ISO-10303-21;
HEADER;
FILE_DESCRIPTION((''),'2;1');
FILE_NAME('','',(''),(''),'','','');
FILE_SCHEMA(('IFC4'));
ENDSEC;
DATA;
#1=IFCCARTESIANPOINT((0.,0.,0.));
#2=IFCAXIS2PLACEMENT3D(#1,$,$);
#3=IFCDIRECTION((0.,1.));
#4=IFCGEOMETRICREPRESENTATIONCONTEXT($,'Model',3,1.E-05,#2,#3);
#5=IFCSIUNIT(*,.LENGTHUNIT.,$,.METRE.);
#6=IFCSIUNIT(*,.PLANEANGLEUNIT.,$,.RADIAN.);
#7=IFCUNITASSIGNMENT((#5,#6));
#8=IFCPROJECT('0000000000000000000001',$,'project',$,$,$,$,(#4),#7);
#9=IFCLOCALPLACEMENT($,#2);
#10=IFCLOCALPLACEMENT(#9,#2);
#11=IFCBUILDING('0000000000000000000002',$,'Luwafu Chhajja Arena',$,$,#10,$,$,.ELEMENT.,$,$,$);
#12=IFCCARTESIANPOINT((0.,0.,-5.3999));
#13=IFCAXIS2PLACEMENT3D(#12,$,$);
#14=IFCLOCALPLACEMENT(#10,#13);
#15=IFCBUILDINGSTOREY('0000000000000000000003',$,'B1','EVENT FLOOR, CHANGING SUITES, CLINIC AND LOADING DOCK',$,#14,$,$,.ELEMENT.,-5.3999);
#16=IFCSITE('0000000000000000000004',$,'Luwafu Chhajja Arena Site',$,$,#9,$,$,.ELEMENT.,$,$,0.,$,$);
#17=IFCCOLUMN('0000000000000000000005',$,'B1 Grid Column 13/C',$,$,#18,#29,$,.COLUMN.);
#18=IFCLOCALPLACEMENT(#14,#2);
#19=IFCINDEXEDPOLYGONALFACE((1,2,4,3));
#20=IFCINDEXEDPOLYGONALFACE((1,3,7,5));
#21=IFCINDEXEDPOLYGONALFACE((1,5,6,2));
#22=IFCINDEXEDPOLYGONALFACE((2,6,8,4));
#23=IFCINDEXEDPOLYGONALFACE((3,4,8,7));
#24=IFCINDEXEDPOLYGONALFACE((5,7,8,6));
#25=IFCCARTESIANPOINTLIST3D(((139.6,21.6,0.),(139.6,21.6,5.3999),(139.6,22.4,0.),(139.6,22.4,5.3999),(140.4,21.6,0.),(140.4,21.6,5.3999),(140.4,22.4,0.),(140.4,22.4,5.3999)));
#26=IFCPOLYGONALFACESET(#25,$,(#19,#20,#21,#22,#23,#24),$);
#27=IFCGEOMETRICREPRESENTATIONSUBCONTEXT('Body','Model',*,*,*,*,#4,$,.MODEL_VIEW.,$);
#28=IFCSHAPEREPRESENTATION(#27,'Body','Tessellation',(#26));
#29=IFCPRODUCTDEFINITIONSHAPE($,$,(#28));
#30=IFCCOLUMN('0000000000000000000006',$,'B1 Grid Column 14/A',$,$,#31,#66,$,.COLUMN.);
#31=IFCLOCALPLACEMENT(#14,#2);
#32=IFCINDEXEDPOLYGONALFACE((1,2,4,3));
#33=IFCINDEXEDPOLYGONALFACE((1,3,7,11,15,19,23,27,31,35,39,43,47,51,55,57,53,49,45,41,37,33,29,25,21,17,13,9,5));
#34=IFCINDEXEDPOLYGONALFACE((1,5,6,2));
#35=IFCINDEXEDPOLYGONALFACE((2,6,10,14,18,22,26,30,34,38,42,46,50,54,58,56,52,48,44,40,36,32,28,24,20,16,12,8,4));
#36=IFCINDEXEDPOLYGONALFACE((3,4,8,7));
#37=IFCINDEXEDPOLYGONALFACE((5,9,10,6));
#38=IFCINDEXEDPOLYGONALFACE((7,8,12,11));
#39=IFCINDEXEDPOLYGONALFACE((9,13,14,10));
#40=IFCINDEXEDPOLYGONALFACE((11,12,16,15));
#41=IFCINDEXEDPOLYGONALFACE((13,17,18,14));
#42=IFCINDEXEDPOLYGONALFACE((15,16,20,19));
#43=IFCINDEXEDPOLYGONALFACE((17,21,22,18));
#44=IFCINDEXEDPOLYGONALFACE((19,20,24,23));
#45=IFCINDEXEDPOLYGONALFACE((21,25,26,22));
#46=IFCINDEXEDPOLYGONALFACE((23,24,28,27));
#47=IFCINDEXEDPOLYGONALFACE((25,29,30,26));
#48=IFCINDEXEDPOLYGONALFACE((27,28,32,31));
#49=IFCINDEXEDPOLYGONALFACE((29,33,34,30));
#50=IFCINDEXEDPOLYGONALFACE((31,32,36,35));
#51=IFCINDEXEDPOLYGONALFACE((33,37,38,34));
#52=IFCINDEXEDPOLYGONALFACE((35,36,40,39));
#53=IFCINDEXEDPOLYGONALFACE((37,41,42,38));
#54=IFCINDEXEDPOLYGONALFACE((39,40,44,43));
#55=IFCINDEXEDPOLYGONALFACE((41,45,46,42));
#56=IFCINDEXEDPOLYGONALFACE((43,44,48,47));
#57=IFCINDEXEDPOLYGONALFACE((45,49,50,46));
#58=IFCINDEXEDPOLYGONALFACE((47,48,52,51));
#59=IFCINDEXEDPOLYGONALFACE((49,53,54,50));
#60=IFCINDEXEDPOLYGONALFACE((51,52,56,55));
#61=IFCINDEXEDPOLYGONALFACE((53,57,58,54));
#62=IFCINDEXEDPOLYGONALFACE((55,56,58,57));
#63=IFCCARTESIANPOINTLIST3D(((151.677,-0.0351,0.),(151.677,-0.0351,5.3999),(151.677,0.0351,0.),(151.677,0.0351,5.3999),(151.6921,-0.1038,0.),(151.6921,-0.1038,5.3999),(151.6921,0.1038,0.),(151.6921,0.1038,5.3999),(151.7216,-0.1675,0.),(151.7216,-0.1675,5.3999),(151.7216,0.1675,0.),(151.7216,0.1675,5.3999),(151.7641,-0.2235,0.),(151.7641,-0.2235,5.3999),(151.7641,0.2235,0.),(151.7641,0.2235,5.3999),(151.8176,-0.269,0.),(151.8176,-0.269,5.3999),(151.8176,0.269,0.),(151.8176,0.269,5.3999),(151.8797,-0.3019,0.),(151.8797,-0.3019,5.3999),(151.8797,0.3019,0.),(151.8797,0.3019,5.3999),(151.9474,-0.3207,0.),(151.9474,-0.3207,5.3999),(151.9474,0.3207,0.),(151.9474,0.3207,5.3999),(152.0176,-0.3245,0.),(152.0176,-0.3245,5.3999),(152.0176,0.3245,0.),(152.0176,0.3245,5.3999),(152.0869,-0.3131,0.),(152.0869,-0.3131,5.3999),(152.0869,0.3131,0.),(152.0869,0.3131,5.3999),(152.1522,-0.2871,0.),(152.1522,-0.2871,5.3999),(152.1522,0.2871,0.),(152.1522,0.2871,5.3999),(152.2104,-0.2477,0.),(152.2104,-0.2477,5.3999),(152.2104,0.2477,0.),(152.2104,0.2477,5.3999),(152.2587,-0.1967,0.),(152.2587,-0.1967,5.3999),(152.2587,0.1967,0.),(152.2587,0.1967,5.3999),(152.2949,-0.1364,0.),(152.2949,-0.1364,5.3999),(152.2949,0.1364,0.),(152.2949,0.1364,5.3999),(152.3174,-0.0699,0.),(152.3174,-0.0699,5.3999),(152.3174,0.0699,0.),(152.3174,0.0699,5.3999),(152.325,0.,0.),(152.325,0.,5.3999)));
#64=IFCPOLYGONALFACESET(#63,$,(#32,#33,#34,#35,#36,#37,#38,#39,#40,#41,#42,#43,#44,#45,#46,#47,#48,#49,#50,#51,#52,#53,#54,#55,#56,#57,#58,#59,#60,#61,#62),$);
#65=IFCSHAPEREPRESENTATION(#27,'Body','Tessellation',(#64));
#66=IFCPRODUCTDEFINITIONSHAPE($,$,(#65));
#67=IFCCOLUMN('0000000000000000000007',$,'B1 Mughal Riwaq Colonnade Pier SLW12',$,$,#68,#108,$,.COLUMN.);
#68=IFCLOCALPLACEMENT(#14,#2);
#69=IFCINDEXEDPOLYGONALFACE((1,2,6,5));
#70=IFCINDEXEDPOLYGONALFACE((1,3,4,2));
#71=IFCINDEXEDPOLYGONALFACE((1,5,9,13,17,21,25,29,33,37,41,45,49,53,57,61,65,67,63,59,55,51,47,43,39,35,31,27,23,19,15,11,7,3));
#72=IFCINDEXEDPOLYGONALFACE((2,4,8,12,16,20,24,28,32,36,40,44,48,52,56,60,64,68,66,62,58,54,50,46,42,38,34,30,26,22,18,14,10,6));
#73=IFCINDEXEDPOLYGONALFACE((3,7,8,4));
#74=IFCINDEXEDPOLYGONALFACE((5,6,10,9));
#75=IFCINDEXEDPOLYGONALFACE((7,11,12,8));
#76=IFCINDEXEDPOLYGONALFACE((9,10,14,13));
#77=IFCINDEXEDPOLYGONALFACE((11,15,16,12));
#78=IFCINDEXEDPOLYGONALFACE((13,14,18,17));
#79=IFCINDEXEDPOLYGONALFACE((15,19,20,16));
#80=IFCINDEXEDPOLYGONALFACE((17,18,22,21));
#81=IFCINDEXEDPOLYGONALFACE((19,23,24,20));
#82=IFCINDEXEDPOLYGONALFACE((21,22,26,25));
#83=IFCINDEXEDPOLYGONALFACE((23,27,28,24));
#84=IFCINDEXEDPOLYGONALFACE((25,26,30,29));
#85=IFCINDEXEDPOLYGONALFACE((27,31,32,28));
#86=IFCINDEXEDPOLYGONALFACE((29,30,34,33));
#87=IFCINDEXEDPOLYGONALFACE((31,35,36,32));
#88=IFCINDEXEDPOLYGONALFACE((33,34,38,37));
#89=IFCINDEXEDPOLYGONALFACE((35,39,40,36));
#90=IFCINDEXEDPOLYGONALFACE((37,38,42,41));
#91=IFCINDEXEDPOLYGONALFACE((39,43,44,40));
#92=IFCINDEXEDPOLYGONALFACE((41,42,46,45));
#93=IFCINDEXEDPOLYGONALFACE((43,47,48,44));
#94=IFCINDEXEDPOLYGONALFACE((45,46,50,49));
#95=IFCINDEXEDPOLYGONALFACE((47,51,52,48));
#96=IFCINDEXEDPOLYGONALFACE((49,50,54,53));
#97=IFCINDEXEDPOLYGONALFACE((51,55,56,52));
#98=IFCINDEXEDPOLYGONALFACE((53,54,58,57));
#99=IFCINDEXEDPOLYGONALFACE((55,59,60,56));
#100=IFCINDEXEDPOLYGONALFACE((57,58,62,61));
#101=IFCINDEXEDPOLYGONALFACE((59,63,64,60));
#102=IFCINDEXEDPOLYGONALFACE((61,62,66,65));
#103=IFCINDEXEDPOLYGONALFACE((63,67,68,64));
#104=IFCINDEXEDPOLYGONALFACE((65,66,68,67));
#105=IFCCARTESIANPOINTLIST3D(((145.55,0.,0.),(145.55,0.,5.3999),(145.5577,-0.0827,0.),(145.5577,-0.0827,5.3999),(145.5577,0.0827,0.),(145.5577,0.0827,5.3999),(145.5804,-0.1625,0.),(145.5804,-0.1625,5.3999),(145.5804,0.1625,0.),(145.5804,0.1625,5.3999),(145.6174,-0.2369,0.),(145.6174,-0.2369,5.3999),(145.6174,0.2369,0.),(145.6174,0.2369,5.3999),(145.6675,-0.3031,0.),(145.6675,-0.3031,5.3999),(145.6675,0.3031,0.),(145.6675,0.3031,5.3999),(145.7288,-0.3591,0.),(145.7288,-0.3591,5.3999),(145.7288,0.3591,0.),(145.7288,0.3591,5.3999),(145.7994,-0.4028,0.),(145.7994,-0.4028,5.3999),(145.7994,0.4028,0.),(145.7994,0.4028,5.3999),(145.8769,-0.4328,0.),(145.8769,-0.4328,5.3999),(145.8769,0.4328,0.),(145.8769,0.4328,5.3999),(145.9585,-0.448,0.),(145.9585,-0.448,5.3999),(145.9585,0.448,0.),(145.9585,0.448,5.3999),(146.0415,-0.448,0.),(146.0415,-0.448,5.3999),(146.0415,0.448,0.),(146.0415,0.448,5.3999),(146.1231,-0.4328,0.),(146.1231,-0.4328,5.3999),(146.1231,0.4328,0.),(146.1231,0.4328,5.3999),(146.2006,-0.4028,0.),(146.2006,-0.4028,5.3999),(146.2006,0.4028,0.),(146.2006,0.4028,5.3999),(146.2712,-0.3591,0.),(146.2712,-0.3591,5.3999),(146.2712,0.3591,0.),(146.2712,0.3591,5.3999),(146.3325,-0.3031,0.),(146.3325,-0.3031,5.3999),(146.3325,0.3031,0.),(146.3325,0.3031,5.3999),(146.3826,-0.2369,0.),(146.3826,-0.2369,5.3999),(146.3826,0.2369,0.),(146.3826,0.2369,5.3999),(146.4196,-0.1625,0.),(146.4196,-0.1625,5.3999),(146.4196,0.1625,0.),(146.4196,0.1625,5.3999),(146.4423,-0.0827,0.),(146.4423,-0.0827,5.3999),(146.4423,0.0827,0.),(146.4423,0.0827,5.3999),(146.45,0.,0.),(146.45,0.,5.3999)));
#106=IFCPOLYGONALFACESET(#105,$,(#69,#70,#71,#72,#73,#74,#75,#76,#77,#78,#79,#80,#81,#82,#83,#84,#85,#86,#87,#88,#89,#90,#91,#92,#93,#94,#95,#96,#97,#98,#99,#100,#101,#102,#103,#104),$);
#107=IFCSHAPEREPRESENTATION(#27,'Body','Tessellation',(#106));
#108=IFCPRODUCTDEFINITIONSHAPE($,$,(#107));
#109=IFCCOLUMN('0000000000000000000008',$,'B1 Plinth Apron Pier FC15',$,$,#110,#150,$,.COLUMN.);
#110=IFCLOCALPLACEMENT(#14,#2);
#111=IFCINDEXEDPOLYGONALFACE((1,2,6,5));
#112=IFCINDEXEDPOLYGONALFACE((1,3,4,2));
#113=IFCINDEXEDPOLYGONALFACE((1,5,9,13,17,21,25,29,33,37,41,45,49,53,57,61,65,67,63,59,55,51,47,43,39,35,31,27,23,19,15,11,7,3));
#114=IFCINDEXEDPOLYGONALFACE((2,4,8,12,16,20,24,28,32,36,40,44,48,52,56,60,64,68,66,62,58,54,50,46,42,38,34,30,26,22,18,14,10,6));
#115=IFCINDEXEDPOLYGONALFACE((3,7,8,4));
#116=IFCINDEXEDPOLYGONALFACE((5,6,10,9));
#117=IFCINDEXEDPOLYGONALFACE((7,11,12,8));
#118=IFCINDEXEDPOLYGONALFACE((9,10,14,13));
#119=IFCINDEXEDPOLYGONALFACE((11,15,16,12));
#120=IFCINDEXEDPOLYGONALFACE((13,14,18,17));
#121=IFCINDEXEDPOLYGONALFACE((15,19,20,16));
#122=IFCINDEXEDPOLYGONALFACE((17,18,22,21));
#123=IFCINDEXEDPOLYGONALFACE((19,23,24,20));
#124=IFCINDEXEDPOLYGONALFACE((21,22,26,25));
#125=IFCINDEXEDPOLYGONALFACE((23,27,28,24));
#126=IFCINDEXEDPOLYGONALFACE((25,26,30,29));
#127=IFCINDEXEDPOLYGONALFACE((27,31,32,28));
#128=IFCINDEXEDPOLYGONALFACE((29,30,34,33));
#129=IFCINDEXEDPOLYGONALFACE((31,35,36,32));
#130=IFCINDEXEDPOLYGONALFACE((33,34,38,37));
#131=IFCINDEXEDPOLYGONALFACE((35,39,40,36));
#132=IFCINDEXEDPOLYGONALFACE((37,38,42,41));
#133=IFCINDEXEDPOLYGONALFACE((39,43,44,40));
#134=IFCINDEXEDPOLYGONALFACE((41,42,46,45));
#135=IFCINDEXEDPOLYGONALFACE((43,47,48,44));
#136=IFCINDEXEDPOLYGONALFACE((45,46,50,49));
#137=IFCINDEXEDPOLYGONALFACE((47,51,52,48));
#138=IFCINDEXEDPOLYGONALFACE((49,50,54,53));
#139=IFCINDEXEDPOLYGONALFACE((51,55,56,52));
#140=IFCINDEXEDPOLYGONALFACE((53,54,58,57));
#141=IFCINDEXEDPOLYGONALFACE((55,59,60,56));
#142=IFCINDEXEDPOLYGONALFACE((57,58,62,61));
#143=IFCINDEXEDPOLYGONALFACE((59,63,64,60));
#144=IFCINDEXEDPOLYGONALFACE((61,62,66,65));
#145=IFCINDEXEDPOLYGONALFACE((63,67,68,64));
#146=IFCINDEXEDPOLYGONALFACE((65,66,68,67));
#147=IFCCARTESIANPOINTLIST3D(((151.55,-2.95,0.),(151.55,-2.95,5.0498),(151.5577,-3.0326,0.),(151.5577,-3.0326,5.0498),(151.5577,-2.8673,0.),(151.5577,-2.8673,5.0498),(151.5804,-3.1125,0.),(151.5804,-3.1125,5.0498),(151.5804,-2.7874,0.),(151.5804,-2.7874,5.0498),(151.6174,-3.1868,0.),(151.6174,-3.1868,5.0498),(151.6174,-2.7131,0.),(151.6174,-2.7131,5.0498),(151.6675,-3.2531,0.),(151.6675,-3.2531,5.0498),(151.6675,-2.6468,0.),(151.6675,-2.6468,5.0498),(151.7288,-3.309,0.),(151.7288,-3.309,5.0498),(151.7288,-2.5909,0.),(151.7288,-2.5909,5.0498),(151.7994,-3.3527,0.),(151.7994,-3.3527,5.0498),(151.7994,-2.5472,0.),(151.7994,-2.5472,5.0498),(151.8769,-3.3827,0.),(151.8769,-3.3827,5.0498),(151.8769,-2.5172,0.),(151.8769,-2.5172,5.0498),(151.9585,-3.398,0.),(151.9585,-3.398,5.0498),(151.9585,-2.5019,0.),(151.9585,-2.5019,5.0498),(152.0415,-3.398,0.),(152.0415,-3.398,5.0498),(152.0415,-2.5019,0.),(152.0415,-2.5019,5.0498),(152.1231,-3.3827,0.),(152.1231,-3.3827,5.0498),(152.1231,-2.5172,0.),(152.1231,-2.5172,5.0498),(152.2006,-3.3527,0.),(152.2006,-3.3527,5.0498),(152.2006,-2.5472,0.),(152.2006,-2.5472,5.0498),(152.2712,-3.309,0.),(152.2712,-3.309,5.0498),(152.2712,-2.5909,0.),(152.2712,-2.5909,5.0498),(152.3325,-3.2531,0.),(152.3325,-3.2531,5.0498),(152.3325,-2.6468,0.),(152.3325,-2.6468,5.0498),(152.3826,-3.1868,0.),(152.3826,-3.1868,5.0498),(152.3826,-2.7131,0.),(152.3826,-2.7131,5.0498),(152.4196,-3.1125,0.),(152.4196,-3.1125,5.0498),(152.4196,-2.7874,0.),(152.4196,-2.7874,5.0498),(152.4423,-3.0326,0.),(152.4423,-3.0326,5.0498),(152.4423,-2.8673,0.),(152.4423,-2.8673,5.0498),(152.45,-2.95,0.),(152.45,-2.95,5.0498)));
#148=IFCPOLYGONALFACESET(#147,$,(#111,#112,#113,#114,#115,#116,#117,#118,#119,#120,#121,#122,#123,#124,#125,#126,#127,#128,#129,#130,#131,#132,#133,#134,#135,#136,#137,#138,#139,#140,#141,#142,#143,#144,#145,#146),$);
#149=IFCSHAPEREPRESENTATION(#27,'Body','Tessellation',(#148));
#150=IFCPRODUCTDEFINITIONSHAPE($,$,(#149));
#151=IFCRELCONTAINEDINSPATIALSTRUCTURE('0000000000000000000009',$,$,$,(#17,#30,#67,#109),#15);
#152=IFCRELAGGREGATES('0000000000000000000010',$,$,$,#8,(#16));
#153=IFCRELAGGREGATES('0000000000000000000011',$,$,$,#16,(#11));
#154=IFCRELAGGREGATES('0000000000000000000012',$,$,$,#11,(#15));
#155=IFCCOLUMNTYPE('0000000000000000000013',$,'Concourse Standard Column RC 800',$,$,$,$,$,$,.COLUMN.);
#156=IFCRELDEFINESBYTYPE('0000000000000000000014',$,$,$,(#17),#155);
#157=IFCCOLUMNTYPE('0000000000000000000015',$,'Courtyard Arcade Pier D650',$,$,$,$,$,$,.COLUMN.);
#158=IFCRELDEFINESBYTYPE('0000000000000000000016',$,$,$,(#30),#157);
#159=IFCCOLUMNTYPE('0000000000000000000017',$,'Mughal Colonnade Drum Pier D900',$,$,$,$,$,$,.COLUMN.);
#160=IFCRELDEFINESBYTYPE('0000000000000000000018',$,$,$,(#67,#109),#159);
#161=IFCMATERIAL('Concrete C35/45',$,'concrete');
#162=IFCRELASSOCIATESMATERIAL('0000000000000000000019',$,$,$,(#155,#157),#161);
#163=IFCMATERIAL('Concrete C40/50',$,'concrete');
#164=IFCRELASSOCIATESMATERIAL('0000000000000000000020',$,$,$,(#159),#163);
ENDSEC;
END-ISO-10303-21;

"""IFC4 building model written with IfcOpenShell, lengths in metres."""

from ifc_helpers import new_model, si_unit, direction, frame, origin, origin_2d, place, context, subcontext, project, spatial, rectangle, circle, extrude, material, material_profile, profile_set, type_object, element, save


model = new_model("IFC4")

# Units and contexts
model_context = context("Model", 3, precision=1e-05, world=origin(), true_north=direction((0.0, 1.0)))
body_context = subcontext(model_context, "Body", "Model", "MODEL_VIEW")
ifc_project = project(units=[si_unit("LENGTHUNIT", "METRE"), si_unit("PLANEANGLEUNIT", "RADIAN")], contexts=[model_context])

# Site, building, storey
site_placement = place(None, origin())
site = spatial("IfcSite", under=ifc_project, at=site_placement, Name="Luwafu Chhajja Arena Site", CompositionType="ELEMENT", RefElevation=0.0)
building_placement = place(site_placement, origin())
building = spatial("IfcBuilding", under=site, at=building_placement, Name="Luwafu Chhajja Arena", CompositionType="ELEMENT")
storey_placement = place(building_placement, frame((0.0, 0.0, -5.3999)))
storey = spatial("IfcBuildingStorey", under=building, at=storey_placement, Name="B1", Description="EVENT FLOOR, CHANGING SUITES, CLINIC AND LOADING DOCK", CompositionType="ELEMENT", Elevation=-5.3999)

# Shared definitions
ifc_material_1 = material(Name="Concrete C35/45", Category="concrete")

# Columns
ifc_material_profile_1 = material_profile(ifc_material_1, rectangle(XDim=0.8, YDim=0.8, at=origin_2d()), Name="RC 800x800")
ifc_profile_set_1 = profile_set([ifc_material_profile_1], Name="Concrete C35/45")
column_type_1 = type_object("IfcColumnType", Name="Concourse Standard Column RC 800", PredefinedType="COLUMN", material=ifc_profile_set_1)
column_1_placement = place(storey_placement, frame((140.0, 22.0, 0.0), z_axis=(0.0, 0.0, 1.0), x_axis=(1.0, 0.0, 0.0)))
element("IfcColumn", 1, at=column_1_placement, inside=storey, type_object=column_type_1, Name="B1 Grid Column 13/C", PredefinedType="COLUMN", context=body_context, shape_type="SweptSolid", body=[
    extrude(rectangle(XDim=0.8, YDim=0.8, at=origin_2d()), origin(), (0.0, 0.0, 1.0), 5.3999),
])
ifc_material_profile_2 = material_profile(ifc_material_1, circle(Radius=0.325, at=origin_2d()), Name="RC COL D650")
ifc_profile_set_2 = profile_set([ifc_material_profile_2], Name="Concrete C35/45")
column_type_2 = type_object("IfcColumnType", Name="Courtyard Arcade Pier D650", PredefinedType="COLUMN", material=ifc_profile_set_2)
column_2_placement = place(storey_placement, frame((152.0, 0.0, 0.0), z_axis=(0.0, 0.0, 1.0), x_axis=(1.0, 0.0, 0.0)))
element("IfcColumn", 2, at=column_2_placement, inside=storey, type_object=column_type_2, Name="B1 Grid Column 14/A", PredefinedType="COLUMN", context=body_context, shape_type="SweptSolid", body=[
    extrude(circle(Radius=0.325, at=origin_2d()), origin(), (0.0, 0.0, 1.0), 5.3999),
])
ifc_material_2 = material(Name="Concrete C40/50", Category="concrete")
ifc_material_profile_3 = material_profile(ifc_material_2, circle(Radius=0.45, at=origin_2d()), Name="RC COL D900")
ifc_profile_set_3 = profile_set([ifc_material_profile_3], Name="Concrete C40/50")
column_type_3 = type_object("IfcColumnType", Name="Mughal Colonnade Drum Pier D900", PredefinedType="COLUMN", material=ifc_profile_set_3)
column_3_placement = place(storey_placement, frame((146.0, 0.0, 0.0), z_axis=(0.0, 0.0, 1.0), x_axis=(1.0, 0.0, 0.0)))
element("IfcColumn", 3, at=column_3_placement, inside=storey, type_object=column_type_3, Name="B1 Mughal Riwaq Colonnade Pier SLW12", PredefinedType="COLUMN", context=body_context, shape_type="SweptSolid", body=[
    extrude(circle(Radius=0.45, at=origin_2d()), origin(), (0.0, 0.0, 1.0), 5.3999),
])
column_4_placement = place(storey_placement, frame((152.0, -2.95, 0.0), z_axis=(0.0, 0.0, 1.0), x_axis=(1.0, 0.0, 0.0)))
element("IfcColumn", 4, at=column_4_placement, inside=storey, type_object=column_type_3, Name="B1 Plinth Apron Pier FC15", PredefinedType="COLUMN", context=body_context, shape_type="SweptSolid", body=[
    extrude(circle(Radius=0.45, at=origin_2d()), origin(), (0.0, 0.0, 1.0), 5.0498),
])

save(model, "model.ifc")
